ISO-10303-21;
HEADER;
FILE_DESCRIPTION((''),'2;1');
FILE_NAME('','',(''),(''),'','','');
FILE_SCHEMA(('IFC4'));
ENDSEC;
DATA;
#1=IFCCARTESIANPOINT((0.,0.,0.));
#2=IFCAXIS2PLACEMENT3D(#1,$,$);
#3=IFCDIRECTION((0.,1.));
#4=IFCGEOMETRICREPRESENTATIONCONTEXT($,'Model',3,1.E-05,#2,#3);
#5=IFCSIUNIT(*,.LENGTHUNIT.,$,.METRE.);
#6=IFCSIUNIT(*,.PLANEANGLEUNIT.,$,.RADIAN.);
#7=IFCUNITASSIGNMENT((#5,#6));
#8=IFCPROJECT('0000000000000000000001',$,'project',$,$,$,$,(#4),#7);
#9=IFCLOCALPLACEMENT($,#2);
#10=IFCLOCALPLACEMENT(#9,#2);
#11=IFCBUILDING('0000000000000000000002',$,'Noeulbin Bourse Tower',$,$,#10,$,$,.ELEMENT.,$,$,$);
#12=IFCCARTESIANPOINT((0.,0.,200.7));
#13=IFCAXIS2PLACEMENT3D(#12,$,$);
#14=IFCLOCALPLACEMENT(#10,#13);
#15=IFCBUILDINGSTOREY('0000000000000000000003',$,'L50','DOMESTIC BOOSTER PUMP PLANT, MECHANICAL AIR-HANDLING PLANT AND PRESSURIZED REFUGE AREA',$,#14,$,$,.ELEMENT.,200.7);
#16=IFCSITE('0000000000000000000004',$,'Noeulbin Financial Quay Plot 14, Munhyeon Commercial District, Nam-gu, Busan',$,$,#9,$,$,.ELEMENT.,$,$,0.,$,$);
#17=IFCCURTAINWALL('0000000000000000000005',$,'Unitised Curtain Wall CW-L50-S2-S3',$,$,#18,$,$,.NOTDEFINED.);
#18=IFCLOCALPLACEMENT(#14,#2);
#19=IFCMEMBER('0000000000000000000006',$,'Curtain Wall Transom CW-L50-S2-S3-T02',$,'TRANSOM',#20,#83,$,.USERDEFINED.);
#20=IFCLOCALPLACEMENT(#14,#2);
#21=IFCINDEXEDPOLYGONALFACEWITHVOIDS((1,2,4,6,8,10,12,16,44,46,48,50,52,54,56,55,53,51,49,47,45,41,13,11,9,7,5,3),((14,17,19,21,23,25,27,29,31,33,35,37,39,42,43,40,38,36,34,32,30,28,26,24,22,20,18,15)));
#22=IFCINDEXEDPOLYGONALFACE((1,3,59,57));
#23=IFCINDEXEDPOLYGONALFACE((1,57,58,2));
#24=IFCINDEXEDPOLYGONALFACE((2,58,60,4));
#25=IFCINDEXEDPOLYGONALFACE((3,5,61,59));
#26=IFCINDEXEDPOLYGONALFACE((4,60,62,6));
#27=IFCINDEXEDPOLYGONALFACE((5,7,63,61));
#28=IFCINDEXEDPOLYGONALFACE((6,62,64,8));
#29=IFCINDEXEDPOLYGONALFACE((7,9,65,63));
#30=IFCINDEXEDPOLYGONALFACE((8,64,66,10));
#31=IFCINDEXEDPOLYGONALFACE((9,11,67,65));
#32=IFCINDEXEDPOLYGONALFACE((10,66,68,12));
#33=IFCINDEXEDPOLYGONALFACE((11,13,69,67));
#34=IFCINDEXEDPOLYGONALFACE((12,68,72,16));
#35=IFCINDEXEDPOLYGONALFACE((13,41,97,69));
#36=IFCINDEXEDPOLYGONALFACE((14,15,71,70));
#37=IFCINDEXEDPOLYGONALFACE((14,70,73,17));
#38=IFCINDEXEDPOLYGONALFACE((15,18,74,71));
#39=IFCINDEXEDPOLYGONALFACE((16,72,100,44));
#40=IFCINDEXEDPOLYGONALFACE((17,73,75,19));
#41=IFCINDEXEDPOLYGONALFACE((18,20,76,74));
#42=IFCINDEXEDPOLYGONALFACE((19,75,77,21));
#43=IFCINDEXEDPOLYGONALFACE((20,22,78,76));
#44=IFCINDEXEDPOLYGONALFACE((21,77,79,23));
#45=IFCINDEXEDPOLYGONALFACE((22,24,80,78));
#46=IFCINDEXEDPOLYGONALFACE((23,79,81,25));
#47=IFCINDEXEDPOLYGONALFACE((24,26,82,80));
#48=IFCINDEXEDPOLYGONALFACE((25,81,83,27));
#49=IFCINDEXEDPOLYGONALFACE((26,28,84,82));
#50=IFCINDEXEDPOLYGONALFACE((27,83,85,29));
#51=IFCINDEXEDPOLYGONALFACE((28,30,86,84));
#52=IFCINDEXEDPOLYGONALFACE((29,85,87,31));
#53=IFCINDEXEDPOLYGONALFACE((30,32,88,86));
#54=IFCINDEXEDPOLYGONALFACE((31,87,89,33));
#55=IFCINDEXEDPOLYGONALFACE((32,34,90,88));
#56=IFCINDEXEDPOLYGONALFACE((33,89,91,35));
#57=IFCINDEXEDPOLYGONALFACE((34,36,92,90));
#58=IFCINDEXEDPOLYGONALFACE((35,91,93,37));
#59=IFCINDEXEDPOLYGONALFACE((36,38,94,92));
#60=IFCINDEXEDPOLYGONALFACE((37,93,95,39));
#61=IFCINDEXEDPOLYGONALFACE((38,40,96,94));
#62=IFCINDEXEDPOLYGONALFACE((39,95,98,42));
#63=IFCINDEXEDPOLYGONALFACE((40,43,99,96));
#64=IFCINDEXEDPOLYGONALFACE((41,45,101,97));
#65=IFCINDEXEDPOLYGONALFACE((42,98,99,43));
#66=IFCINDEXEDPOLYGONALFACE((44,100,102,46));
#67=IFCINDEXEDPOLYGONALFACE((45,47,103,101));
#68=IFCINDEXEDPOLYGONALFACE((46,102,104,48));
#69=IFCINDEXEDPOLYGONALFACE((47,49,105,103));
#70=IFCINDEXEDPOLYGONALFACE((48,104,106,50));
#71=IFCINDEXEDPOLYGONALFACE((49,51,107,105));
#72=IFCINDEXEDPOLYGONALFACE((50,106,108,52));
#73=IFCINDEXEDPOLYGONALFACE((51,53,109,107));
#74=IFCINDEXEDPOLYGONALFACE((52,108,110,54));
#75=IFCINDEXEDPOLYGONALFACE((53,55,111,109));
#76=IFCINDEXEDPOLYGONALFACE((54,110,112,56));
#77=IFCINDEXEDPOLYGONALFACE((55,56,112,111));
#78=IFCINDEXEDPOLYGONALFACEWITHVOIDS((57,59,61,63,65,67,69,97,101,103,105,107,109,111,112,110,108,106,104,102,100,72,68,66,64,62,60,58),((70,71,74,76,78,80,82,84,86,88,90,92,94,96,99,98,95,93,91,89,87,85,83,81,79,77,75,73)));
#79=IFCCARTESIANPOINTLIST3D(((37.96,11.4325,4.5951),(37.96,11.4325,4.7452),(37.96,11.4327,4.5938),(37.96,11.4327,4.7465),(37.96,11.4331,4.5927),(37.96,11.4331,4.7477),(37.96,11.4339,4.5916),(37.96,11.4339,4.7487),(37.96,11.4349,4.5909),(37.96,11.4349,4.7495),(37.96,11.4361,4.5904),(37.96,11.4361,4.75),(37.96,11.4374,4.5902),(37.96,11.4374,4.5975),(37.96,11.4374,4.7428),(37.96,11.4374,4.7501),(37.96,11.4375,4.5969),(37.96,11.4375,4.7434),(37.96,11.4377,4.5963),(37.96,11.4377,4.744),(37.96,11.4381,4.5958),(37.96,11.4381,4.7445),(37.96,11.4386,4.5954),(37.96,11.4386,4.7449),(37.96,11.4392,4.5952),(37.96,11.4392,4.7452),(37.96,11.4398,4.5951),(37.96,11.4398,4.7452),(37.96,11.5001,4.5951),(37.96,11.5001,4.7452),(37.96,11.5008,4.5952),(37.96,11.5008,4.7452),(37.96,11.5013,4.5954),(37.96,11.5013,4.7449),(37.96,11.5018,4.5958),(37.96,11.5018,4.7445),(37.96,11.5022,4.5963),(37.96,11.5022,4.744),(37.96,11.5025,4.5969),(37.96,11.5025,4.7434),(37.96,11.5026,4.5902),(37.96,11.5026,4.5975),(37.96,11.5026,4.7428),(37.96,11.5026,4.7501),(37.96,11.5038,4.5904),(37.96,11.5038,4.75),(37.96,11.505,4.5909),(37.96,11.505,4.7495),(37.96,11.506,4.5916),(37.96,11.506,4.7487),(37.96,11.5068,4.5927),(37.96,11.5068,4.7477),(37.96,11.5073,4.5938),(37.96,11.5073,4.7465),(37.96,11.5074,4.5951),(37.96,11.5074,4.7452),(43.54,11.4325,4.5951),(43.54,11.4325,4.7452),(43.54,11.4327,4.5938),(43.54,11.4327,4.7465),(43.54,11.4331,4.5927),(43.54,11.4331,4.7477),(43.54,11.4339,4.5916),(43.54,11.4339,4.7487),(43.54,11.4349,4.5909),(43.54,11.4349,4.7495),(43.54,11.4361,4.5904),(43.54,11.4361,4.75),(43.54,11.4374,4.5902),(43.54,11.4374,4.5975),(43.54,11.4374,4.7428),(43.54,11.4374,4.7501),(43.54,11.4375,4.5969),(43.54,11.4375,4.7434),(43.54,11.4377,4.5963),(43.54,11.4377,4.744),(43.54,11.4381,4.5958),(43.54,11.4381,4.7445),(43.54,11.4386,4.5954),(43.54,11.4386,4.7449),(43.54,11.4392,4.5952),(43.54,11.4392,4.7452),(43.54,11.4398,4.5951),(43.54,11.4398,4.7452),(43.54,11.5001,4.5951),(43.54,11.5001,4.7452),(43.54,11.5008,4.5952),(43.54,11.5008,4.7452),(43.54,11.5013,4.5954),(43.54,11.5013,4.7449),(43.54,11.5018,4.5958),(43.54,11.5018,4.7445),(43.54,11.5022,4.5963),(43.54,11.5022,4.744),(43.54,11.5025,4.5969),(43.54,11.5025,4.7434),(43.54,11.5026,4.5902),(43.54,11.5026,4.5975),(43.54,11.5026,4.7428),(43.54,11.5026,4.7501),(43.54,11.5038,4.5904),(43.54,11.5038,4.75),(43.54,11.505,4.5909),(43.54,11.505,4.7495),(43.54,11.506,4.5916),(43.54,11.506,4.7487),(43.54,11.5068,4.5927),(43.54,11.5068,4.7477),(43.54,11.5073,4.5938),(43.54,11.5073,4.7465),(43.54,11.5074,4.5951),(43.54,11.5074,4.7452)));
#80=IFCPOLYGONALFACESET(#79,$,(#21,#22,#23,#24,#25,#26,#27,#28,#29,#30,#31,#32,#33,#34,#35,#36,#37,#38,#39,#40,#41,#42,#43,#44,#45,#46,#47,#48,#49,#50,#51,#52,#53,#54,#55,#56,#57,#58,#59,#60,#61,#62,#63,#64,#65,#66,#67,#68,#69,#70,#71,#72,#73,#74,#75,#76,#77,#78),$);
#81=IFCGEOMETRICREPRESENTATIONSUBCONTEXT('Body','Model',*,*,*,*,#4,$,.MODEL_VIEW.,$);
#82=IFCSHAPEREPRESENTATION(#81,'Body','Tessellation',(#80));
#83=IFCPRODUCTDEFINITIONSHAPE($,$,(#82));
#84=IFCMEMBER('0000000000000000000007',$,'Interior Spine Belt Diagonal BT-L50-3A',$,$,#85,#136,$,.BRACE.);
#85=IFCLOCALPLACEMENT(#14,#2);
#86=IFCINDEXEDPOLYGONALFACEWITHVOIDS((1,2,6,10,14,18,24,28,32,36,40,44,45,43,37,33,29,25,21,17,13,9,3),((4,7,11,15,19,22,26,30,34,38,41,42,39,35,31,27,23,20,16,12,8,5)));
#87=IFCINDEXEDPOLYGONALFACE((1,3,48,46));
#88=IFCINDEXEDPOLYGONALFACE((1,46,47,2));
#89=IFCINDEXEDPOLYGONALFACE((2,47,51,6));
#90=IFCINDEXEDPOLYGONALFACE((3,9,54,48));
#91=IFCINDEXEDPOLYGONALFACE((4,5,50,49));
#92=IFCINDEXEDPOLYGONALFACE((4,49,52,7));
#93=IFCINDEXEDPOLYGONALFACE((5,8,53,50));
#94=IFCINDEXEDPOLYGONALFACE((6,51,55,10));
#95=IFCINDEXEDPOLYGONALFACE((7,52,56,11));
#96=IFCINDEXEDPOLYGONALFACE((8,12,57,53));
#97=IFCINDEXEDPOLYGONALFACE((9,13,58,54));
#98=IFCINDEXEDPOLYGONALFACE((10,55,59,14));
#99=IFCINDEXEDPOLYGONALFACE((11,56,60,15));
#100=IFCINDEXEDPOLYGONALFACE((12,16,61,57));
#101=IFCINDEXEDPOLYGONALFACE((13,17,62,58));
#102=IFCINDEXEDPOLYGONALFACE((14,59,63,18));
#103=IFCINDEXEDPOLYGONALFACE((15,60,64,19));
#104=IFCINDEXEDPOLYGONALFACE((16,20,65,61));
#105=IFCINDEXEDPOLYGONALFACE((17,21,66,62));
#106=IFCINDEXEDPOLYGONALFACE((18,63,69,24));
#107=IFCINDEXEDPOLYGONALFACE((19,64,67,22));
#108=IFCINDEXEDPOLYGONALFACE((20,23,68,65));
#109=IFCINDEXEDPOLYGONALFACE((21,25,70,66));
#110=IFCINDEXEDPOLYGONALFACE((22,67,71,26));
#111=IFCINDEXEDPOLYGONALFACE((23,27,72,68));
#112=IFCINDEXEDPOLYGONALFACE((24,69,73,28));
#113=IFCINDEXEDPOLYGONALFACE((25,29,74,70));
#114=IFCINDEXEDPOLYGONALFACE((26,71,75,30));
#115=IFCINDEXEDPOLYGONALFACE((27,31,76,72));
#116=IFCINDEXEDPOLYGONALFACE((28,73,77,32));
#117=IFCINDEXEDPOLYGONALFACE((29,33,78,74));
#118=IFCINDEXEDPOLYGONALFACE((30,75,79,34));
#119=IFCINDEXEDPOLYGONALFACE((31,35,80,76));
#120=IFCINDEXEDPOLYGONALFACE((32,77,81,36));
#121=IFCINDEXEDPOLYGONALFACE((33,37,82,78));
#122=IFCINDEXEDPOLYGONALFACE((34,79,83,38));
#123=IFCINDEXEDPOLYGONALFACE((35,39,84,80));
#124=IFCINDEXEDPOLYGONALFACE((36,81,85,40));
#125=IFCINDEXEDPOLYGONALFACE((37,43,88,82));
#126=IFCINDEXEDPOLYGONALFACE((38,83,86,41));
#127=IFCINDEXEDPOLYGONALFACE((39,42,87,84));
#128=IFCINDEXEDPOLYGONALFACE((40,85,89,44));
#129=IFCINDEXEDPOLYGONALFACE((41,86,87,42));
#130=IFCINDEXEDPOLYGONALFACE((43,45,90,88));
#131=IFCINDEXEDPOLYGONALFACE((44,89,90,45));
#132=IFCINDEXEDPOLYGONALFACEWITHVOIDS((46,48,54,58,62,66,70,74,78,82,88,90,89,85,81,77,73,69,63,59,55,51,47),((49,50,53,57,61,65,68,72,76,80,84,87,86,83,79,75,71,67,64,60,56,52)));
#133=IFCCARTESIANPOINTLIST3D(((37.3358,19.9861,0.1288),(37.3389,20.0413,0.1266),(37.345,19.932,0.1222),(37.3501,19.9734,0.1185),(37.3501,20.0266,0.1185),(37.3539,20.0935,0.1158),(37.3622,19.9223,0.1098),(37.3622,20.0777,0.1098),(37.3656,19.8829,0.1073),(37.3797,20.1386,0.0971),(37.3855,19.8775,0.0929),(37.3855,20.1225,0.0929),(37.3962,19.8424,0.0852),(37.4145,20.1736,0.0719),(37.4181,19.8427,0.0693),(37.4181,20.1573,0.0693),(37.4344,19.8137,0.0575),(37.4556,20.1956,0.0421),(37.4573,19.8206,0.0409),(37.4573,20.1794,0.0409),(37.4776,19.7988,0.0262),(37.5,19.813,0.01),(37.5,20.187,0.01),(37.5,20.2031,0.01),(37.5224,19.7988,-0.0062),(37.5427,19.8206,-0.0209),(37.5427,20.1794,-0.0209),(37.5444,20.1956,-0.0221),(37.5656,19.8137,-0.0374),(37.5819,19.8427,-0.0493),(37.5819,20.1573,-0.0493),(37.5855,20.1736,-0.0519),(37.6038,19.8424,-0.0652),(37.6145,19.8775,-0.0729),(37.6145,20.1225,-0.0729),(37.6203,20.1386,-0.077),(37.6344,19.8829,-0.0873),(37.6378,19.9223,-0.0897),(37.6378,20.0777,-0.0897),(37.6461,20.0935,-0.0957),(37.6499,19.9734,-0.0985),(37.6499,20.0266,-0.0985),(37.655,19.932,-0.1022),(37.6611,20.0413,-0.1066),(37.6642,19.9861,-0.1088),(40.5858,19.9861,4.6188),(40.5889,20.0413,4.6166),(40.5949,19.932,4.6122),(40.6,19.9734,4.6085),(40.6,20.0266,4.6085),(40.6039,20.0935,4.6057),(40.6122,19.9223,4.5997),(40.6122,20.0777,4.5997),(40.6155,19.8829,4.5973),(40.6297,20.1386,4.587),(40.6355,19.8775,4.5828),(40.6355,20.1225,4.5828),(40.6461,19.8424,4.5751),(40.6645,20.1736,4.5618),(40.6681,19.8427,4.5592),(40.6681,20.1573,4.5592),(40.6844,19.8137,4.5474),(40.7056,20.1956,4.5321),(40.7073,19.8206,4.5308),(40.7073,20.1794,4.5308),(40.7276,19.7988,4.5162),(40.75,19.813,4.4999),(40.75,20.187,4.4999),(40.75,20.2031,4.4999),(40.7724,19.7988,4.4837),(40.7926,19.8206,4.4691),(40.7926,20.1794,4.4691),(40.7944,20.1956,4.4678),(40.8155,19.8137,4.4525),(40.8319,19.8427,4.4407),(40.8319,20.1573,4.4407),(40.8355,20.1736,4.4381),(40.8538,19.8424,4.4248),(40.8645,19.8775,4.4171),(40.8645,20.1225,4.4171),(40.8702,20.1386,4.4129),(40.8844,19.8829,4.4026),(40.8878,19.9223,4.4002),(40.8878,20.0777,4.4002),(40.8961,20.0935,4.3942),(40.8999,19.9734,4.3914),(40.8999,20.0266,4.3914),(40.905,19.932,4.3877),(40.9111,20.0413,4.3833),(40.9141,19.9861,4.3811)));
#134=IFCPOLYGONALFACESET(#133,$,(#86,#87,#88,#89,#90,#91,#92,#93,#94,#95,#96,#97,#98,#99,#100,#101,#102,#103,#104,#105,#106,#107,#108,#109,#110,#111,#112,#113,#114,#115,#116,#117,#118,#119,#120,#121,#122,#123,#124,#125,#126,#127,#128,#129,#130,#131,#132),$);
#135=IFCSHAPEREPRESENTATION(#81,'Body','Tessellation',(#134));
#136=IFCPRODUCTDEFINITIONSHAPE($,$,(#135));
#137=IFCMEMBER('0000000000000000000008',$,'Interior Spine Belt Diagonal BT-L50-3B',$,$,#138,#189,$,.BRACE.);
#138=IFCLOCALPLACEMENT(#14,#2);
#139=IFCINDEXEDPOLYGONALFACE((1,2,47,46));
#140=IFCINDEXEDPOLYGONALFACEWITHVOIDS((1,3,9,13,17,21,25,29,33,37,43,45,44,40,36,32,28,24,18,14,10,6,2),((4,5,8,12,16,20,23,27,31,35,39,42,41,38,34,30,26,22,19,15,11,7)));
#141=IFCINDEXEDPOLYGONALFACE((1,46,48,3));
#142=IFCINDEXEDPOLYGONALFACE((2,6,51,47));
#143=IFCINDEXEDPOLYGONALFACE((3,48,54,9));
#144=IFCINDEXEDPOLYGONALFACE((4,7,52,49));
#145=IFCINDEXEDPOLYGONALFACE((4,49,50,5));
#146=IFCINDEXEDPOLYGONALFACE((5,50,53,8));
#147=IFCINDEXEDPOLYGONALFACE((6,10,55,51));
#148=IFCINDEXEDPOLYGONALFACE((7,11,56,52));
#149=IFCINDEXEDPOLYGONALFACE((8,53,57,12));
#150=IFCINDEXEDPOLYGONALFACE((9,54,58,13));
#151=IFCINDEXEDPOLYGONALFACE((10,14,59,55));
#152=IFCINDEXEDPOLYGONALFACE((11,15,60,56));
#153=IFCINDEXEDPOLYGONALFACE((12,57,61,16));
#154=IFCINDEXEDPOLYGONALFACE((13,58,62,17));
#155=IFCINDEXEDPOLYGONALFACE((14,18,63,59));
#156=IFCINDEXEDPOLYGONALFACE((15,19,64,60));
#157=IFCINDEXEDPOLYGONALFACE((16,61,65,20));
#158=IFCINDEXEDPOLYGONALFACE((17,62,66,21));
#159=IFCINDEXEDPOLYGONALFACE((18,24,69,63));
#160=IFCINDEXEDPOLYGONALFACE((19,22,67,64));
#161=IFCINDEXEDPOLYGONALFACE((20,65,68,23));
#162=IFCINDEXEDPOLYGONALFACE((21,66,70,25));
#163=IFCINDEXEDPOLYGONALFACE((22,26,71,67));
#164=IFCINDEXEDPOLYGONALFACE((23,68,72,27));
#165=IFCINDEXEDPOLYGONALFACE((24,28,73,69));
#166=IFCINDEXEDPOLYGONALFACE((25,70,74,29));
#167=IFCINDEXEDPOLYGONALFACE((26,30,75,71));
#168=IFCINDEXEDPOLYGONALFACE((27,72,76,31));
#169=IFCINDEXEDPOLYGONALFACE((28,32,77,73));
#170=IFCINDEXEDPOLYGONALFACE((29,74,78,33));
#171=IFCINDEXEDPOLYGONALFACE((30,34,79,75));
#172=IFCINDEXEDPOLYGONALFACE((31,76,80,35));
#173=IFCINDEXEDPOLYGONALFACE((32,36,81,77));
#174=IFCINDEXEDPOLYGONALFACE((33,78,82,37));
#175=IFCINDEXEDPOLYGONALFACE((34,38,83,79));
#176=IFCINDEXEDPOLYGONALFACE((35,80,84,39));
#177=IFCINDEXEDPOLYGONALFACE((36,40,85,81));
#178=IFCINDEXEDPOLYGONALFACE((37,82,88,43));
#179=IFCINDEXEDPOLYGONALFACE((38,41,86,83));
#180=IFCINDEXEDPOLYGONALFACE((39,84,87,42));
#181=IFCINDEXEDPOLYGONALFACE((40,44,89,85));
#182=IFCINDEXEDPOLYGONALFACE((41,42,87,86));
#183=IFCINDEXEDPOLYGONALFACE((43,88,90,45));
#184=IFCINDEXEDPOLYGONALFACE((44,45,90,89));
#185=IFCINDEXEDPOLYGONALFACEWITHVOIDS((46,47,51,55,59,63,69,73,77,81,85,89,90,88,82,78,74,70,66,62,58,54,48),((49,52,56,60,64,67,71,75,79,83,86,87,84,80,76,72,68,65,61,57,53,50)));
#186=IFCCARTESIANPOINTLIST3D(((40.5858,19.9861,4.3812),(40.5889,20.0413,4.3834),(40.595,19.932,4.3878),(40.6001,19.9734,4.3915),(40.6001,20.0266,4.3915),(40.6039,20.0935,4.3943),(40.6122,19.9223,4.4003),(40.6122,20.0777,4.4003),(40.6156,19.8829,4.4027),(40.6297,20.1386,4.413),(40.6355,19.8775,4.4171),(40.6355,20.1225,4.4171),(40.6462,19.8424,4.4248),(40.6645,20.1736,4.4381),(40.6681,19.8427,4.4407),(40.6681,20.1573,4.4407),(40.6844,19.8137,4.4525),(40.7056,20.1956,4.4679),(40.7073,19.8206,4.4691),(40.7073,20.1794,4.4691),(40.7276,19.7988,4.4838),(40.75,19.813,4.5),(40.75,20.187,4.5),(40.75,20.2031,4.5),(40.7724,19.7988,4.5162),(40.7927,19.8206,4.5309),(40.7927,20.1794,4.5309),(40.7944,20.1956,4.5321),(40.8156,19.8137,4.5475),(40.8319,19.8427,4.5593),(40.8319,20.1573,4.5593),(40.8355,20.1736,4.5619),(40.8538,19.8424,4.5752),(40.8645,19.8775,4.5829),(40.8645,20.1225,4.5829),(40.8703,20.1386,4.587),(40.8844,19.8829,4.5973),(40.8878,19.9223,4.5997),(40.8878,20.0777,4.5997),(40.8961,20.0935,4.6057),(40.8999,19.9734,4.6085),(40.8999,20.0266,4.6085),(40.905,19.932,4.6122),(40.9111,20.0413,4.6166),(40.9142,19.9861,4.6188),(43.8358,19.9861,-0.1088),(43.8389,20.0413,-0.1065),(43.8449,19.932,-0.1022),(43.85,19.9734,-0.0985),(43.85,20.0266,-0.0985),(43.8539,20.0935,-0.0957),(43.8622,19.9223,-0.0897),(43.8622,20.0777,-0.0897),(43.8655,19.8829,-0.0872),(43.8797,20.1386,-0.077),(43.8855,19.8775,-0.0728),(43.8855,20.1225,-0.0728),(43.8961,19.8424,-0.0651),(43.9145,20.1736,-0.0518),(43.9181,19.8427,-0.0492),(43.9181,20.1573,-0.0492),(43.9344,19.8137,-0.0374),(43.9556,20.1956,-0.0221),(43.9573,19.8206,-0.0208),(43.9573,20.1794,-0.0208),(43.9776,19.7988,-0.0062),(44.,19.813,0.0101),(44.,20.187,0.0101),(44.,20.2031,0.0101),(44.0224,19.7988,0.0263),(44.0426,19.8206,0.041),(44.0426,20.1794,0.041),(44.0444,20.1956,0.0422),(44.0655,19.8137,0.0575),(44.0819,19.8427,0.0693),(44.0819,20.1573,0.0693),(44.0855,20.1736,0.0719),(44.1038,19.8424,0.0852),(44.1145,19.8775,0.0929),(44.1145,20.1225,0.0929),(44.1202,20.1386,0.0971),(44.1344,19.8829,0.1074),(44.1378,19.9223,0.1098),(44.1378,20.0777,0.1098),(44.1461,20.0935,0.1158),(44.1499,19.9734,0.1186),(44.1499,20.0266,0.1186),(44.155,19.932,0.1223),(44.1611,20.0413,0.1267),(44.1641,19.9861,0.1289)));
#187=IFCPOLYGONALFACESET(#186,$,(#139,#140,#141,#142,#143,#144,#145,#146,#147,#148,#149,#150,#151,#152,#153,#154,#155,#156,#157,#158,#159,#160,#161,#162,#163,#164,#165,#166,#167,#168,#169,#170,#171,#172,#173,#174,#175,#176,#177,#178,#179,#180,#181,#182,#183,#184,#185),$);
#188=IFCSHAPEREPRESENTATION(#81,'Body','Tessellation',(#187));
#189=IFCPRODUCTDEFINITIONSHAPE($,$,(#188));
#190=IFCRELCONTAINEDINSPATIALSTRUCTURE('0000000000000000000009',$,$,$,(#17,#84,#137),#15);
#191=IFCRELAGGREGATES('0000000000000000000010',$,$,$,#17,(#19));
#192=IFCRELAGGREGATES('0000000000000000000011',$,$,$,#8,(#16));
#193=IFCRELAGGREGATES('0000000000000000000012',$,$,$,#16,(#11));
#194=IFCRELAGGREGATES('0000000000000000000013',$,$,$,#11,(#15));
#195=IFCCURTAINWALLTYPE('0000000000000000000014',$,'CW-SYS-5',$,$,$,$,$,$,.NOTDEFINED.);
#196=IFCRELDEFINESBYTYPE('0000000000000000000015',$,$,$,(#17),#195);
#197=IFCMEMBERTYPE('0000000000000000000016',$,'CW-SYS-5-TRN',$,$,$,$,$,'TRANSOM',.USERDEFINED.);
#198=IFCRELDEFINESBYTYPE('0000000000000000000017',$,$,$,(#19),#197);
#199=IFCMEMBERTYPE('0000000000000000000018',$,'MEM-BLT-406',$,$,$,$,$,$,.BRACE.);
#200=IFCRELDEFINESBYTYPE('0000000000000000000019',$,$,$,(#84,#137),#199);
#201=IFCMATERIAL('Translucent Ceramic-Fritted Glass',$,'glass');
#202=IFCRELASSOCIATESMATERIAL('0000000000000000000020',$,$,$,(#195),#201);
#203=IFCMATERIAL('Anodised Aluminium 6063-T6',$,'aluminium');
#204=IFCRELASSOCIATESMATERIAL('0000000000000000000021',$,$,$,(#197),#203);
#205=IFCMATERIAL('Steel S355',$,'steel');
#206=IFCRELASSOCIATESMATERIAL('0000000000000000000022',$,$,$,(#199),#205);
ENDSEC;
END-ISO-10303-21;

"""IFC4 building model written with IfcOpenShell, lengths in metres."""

from ifc_helpers import new_model, si_unit, direction, frame, origin, origin_2d, place, context, subcontext, project, spatial, hollow_rectangle, hollow_circle, extrude, material, material_profile, profile_set, type_object, element, aggregate, save


model = new_model("IFC4")

# Units and contexts
model_context = context("Model", 3, precision=1e-05, world=origin(), true_north=direction((0.0, 1.0)))
body_context = subcontext(model_context, "Body", "Model", "MODEL_VIEW")
ifc_project = project(units=[si_unit("LENGTHUNIT", "METRE"), si_unit("PLANEANGLEUNIT", "RADIAN")], contexts=[model_context])

# Site, building, storey
site_placement = place(None, origin())
site = spatial("IfcSite", under=ifc_project, at=site_placement, Name="Noeulbin Financial Quay Plot 14, Munhyeon Commercial District, Nam-gu, Busan", CompositionType="ELEMENT", RefElevation=0.0)
building_placement = place(site_placement, origin())
building = spatial("IfcBuilding", under=site, at=building_placement, Name="Noeulbin Bourse Tower", CompositionType="ELEMENT")
storey_placement = place(building_placement, frame((0.0, 0.0, 200.7)))
storey = spatial("IfcBuildingStorey", under=building, at=storey_placement, Name="L50", Description="DOMESTIC BOOSTER PUMP PLANT, MECHANICAL AIR-HANDLING PLANT AND PRESSURIZED REFUGE AREA", CompositionType="ELEMENT", Elevation=200.7)

# Shared definitions
ifc_material_1 = material(Name="Steel S355", Category="steel")

# Curtain wall, member
ifc_material_2 = material(Name="Translucent Ceramic-Fritted Glass", Category="glass")
curtain_wall_type = type_object("IfcCurtainWallType", Name="CW-SYS-5", PredefinedType="NOTDEFINED", material=ifc_material_2)
curtain_wall_placement = place(storey_placement, origin())
curtain_wall = element("IfcCurtainWall", 1, at=curtain_wall_placement, inside=storey, type_object=curtain_wall_type, Name="Unitised Curtain Wall CW-L50-S2-S3", PredefinedType="NOTDEFINED")
ifc_material_3 = material(Name="Anodised Aluminium 6063-T6", Category="aluminium")
ifc_material_profile_1 = material_profile(ifc_material_3, hollow_rectangle(XDim=0.075, YDim=0.1599, WallThickness=0.0049, InnerFilletRadius=0.0024, OuterFilletRadius=0.0049, at=origin_2d()), Name="ALU-TRAN-75x160x5", Category="LoadBearing")
ifc_profile_set_1 = profile_set([ifc_material_profile_1], Name="Anodised Aluminium 6063-T6")
member_type_1 = type_object("IfcMemberType", Name="CW-SYS-5-TRN", ElementType="TRANSOM", PredefinedType="USERDEFINED", material=ifc_profile_set_1)
member_1_placement = place(storey_placement, frame((37.96, 11.47, 4.6702), z_axis=(1.0, 0.0, 0.0), x_axis=(0.0, 1.0, 0.0)))
member_1 = element("IfcMember", 2, at=member_1_placement, type_object=member_type_1, Name="Curtain Wall Transom CW-L50-S2-S3-T02", ObjectType="TRANSOM", PredefinedType="USERDEFINED", context=body_context, shape_type="SweptSolid", body=[
    extrude(hollow_rectangle(XDim=0.075, YDim=0.1599, WallThickness=0.0049, InnerFilletRadius=0.0024, OuterFilletRadius=0.0049, at=origin_2d()), origin(), (0.0, 0.0, 1.0), 5.5801),
])

# Members
ifc_material_profile_2 = material_profile(ifc_material_1, hollow_circle(Radius=0.2031, WallThickness=0.0161, at=origin_2d()), Name="CHS-406.4x16.0", Category="LoadBearing")
ifc_profile_set_2 = profile_set([ifc_material_profile_2], Name="Steel S355")
member_type_2 = type_object("IfcMemberType", Name="MEM-BLT-406", PredefinedType="BRACE", material=ifc_profile_set_2)
for number, where, z_axis, x_axis, name in (
    (3, (37.5, 20.0, 0.01), (0.586347, 0.0, 0.81006), (0.0, 1.0, 0.0), "Interior Spine Belt Diagonal BT-L50-3A"),
    (4, (40.75, 20.0, 4.5), (0.586347, 0.0, -0.81006), (0.0, 1.0, 0.0), "Interior Spine Belt Diagonal BT-L50-3B"),
):
    element("IfcMember", number, at=place(storey_placement, frame(where, z_axis=z_axis, x_axis=x_axis)), inside=storey, type_object=member_type_2, Name=name, PredefinedType="BRACE", context=body_context, shape_type="SweptSolid", body=[
        extrude(hollow_circle(Radius=0.2031, WallThickness=0.0161, at=origin_2d()), origin(), (0.0, 0.0, 1.0), 5.5427),
    ])

aggregate(curtain_wall, [member_1])

save(model, "model.ifc")
